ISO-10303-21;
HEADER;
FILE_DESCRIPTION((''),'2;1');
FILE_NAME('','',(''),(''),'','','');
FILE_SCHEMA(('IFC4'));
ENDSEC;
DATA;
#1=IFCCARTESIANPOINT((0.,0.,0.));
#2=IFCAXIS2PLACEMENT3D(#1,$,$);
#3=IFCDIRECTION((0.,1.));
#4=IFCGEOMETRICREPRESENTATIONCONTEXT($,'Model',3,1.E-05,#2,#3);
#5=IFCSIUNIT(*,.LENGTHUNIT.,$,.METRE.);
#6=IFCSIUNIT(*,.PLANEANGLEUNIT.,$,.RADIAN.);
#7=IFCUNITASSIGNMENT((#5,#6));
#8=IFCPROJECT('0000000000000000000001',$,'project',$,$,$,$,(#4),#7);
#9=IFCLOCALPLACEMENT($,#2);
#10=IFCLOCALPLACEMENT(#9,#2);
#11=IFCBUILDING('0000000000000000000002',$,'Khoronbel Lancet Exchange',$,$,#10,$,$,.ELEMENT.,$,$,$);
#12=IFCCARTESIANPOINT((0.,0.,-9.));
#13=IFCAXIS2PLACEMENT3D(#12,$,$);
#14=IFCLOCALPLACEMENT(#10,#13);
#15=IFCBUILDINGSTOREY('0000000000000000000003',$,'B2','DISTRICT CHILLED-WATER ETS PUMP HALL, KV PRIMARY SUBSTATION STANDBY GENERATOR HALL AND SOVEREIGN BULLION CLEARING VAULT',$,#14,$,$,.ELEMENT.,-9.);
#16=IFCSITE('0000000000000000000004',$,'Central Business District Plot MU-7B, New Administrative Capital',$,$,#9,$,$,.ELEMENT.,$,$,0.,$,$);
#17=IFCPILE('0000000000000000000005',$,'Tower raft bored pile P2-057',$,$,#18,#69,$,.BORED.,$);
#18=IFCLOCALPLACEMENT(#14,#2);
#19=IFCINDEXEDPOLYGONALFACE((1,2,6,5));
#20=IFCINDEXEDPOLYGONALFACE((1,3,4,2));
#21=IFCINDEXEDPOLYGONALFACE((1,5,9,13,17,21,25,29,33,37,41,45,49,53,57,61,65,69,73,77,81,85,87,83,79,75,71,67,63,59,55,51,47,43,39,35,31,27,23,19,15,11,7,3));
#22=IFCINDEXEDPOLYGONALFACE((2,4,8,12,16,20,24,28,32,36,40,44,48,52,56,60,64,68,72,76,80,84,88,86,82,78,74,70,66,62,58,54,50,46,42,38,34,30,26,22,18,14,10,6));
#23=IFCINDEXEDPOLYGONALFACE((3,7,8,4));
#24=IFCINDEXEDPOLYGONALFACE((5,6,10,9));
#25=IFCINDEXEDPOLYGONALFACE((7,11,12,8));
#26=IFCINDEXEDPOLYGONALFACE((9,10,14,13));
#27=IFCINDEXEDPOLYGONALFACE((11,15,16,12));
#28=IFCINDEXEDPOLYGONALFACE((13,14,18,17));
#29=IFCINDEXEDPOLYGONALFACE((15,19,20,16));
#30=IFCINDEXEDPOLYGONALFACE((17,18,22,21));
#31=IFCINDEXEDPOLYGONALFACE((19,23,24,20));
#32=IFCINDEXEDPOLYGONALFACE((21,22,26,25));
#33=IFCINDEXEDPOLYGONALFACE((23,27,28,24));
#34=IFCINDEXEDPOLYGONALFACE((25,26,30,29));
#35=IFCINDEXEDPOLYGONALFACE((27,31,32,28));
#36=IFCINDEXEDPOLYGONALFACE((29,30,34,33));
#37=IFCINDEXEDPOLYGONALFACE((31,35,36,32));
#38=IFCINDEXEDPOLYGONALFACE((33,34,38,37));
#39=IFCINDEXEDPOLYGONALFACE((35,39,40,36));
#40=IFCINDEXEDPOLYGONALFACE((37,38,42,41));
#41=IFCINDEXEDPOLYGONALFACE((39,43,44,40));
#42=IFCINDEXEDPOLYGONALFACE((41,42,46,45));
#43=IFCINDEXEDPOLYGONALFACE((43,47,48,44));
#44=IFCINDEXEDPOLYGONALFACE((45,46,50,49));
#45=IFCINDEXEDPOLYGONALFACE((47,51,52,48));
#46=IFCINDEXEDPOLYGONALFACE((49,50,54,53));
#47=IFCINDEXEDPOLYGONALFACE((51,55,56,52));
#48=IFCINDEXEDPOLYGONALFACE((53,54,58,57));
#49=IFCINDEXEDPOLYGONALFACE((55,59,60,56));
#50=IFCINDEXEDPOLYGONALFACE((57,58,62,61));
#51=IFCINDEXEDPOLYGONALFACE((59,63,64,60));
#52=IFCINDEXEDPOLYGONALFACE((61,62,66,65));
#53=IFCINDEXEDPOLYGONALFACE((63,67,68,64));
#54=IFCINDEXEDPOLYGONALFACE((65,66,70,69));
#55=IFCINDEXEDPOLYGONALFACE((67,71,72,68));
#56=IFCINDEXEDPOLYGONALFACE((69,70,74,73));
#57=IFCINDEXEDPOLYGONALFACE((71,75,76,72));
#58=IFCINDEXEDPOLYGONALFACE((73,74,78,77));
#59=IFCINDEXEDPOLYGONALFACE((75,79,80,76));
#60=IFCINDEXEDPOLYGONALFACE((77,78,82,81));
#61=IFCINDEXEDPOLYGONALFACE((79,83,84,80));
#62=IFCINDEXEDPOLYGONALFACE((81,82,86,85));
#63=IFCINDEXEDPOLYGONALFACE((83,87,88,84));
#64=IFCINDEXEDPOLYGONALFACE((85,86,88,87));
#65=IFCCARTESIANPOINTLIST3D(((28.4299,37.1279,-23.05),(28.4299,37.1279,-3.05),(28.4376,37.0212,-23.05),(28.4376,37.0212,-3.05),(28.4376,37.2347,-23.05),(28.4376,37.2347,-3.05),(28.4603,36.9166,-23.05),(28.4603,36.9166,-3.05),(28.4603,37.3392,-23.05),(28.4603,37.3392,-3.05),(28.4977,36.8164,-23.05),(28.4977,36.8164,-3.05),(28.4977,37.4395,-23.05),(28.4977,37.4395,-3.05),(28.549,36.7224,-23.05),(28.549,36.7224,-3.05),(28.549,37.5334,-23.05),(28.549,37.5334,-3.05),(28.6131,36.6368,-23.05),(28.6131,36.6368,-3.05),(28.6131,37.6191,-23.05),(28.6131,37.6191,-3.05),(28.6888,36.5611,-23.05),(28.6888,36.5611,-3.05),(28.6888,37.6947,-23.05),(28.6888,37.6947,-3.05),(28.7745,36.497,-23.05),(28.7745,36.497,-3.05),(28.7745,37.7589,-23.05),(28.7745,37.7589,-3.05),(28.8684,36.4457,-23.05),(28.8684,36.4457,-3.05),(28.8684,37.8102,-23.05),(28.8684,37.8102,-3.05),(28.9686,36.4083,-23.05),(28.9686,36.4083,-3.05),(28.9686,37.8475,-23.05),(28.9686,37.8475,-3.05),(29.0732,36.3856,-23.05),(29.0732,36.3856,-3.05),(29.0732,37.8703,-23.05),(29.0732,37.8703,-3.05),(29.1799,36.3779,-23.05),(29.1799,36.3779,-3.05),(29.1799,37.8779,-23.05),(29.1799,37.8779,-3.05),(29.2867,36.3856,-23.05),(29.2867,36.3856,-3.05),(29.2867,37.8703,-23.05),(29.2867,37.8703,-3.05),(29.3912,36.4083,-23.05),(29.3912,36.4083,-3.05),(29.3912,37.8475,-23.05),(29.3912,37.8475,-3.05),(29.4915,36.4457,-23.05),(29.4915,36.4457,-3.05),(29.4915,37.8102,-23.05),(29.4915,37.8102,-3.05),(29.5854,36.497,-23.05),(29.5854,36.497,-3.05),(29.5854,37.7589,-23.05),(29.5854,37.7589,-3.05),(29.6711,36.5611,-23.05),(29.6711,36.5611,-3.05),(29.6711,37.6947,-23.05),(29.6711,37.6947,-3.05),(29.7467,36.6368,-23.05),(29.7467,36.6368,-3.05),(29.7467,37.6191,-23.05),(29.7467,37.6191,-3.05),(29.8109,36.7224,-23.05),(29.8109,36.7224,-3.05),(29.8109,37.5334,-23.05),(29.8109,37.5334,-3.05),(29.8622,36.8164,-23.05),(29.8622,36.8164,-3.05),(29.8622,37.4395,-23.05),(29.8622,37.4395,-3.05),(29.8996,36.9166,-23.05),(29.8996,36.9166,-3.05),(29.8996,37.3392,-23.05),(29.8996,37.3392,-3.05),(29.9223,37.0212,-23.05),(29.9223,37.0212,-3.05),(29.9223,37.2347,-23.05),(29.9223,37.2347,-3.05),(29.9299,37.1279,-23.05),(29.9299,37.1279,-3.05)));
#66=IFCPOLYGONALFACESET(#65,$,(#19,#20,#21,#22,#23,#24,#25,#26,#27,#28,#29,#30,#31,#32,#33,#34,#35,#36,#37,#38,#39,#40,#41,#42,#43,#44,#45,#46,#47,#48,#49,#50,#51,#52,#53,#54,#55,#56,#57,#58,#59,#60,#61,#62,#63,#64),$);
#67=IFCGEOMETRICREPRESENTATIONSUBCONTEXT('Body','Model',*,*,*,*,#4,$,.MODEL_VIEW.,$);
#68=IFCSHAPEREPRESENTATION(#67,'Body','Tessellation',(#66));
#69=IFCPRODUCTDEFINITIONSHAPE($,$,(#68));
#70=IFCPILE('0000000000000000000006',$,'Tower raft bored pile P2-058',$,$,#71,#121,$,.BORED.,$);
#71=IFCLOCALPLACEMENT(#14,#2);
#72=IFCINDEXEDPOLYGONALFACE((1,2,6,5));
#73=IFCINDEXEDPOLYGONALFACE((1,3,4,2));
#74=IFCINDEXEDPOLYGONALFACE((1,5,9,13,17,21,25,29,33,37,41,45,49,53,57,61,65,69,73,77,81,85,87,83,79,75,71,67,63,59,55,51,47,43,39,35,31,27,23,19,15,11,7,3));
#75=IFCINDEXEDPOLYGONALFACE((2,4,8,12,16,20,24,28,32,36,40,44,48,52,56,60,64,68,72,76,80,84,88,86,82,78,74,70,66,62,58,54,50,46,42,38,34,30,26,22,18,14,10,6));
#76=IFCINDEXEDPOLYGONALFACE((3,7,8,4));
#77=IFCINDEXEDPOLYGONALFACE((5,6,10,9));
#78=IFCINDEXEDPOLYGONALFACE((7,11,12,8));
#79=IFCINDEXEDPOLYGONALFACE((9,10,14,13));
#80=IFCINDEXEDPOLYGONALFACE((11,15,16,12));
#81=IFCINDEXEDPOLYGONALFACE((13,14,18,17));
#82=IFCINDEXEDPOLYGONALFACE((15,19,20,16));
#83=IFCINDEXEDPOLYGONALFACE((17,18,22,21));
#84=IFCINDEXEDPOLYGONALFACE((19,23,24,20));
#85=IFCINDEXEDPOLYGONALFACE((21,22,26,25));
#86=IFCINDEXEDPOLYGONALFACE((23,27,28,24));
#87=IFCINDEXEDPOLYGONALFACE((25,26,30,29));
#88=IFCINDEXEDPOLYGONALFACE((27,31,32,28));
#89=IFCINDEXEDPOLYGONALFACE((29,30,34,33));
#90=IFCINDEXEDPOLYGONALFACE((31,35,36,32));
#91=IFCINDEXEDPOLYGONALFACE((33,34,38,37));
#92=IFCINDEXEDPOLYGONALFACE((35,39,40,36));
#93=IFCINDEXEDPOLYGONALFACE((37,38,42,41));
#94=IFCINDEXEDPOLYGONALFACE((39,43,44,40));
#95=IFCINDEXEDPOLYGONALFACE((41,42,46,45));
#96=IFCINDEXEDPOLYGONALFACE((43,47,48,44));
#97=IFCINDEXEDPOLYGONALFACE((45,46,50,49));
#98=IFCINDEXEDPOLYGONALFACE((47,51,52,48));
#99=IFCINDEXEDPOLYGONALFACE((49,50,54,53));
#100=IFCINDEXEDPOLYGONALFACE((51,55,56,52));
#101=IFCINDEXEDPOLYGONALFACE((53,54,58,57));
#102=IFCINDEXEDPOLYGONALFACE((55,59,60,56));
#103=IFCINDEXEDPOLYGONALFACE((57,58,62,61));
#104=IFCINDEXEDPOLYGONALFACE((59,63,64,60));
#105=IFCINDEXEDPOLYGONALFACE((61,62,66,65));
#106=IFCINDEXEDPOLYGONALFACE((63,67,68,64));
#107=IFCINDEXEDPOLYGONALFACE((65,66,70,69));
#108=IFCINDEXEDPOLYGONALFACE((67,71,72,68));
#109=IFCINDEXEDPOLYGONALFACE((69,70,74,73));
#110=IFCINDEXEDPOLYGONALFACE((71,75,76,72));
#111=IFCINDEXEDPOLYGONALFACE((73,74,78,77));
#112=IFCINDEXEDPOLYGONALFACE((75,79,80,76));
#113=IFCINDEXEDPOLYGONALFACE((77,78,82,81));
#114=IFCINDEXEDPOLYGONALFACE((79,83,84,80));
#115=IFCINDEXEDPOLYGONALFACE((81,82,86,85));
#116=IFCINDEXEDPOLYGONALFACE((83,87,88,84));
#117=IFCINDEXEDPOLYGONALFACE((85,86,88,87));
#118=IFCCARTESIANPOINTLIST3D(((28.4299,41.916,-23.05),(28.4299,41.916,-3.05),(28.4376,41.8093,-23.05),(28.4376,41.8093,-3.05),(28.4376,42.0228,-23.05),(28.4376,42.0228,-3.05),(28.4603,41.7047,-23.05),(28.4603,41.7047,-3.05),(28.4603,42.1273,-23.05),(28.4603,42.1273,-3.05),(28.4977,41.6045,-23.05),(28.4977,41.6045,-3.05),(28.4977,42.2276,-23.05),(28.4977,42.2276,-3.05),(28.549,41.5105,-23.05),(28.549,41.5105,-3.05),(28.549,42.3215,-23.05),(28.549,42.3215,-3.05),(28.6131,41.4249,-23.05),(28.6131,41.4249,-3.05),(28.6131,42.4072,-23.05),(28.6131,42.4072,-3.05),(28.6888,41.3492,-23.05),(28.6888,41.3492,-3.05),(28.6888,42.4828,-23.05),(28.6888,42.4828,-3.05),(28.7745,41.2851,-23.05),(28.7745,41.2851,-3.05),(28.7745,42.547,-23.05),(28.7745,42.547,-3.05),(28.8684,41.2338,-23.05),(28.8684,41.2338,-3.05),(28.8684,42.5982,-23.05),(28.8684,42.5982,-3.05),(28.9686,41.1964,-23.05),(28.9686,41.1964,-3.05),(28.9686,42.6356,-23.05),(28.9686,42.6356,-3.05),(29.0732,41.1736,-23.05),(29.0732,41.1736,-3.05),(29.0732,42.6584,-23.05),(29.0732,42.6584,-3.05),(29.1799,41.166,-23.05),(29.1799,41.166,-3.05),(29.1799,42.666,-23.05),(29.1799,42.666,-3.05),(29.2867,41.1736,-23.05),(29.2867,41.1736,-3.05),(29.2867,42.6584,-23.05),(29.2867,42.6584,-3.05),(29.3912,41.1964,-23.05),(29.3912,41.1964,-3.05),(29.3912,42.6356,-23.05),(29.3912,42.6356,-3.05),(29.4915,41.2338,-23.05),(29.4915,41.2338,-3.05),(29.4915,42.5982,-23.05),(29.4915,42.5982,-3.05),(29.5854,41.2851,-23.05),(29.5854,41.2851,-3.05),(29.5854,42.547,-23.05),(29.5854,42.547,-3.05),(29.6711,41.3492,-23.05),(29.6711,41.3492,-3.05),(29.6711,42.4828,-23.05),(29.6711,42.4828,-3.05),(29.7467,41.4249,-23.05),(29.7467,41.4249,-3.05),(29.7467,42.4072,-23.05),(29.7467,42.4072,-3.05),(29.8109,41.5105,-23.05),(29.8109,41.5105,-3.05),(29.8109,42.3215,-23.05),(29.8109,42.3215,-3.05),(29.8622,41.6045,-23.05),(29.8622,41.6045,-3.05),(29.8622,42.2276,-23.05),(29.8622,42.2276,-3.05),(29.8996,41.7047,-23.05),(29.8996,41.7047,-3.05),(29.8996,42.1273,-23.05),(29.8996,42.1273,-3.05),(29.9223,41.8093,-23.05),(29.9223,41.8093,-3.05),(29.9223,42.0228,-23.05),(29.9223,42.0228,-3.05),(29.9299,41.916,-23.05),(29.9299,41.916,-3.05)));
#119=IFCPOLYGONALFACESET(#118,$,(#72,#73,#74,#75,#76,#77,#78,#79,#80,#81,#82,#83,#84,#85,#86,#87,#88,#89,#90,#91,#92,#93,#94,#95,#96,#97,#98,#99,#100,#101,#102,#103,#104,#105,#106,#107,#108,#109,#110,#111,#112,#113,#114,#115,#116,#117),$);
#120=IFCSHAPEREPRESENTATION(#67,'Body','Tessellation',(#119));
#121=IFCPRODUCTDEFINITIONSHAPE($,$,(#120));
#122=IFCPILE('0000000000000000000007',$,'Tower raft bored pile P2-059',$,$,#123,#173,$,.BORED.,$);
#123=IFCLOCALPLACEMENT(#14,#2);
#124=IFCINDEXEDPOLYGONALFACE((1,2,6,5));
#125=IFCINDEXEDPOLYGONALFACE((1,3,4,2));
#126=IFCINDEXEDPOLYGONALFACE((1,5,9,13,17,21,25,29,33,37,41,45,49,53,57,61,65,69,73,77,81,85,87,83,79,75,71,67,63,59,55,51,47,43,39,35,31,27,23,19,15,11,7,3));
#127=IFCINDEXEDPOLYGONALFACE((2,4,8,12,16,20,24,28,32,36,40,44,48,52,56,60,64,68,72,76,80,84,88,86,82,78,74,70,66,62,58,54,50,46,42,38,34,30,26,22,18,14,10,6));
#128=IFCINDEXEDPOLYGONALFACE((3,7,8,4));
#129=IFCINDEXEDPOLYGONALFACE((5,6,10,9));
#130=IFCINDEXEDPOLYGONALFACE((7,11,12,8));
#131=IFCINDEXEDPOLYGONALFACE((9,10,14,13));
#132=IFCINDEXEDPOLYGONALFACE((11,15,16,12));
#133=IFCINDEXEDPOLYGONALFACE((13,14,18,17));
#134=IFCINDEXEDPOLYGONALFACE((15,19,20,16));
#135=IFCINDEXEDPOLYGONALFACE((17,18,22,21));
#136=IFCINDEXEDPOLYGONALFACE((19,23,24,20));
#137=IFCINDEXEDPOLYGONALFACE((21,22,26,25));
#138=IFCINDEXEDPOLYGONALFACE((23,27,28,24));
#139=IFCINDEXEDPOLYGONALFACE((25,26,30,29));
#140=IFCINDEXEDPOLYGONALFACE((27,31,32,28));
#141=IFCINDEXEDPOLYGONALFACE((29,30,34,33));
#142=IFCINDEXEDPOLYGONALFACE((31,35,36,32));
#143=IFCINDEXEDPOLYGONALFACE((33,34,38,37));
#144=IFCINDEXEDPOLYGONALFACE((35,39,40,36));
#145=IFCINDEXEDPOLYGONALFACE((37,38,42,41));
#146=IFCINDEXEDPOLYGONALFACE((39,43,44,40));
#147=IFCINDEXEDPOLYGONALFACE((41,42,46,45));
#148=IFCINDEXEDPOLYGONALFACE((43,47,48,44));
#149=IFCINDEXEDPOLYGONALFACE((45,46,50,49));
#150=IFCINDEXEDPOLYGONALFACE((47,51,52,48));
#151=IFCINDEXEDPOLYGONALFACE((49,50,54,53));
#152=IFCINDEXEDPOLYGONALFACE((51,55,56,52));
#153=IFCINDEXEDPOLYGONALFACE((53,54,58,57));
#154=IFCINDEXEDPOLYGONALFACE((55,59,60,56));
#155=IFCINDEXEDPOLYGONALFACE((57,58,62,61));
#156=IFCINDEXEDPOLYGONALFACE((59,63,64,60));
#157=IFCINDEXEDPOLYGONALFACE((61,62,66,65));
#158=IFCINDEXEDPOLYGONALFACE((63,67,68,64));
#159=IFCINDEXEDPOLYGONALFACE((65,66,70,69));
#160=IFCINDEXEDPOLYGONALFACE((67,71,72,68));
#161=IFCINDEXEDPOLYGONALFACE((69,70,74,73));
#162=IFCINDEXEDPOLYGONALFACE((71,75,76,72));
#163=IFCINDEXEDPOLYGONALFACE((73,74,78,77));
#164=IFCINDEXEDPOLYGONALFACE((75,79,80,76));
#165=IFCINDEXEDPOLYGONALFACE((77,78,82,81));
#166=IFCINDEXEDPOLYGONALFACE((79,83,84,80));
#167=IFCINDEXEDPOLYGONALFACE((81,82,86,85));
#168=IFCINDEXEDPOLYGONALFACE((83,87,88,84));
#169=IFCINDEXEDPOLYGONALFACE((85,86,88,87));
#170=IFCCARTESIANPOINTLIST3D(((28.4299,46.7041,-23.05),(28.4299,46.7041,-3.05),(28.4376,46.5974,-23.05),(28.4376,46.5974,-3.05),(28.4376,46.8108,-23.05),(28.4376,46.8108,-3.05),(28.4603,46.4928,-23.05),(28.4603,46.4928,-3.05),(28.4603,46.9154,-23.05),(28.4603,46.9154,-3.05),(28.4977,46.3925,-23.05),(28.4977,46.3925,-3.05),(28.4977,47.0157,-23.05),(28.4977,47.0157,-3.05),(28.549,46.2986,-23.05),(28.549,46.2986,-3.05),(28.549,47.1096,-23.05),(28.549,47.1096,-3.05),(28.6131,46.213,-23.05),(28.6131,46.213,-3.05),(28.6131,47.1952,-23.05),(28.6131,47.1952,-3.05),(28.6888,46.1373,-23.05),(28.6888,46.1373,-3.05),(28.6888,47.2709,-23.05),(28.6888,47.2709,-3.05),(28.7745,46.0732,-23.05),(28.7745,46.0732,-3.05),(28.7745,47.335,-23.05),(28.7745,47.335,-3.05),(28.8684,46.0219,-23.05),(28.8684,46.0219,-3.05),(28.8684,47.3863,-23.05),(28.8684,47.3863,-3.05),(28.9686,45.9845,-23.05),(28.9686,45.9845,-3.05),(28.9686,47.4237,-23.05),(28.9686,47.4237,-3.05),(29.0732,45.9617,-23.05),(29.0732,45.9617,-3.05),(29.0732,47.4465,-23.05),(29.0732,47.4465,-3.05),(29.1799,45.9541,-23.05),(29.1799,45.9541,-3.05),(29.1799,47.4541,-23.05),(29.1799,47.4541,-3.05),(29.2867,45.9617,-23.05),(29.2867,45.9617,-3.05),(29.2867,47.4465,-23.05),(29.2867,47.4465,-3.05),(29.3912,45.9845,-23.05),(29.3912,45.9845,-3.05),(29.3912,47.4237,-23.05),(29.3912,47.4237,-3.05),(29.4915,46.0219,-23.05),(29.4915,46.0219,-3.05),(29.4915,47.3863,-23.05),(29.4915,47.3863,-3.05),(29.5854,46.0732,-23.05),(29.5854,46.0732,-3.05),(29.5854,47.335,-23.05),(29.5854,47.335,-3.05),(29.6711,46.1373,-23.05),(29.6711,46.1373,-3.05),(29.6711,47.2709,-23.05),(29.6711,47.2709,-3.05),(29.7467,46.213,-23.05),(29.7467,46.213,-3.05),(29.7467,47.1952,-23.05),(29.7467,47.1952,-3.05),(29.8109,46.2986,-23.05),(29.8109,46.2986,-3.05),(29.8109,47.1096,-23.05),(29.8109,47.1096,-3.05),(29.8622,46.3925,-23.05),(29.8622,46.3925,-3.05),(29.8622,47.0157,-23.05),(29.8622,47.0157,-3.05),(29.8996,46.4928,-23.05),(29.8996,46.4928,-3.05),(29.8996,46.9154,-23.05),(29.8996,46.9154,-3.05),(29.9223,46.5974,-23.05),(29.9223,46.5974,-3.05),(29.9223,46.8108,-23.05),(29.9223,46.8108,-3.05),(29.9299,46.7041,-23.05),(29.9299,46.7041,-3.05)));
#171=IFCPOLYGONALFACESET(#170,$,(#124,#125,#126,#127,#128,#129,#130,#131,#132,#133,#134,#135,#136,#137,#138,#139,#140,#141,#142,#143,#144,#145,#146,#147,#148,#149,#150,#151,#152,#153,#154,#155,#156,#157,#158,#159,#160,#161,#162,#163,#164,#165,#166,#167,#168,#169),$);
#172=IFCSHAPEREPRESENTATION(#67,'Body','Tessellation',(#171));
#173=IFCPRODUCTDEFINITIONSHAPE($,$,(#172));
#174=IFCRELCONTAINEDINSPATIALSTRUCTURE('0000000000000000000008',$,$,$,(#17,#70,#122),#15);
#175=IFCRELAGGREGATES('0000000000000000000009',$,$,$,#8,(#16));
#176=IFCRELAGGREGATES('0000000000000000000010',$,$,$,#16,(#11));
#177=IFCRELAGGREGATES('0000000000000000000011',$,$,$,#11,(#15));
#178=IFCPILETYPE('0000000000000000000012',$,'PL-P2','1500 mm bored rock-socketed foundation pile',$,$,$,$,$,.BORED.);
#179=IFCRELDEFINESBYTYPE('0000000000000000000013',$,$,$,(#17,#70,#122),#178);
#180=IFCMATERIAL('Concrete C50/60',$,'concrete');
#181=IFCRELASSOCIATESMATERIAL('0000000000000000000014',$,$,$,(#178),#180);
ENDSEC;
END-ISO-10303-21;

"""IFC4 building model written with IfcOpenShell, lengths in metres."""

from ifc_helpers import new_model, si_unit, direction, frame, origin, origin_2d, place, context, subcontext, project, spatial, circle, extrude, material, material_profile, profile_set, type_object, element, save


model = new_model("IFC4")

# Units and contexts
model_context = context("Model", 3, precision=1e-05, world=origin(), true_north=direction((0.0, 1.0)))
body_context = subcontext(model_context, "Body", "Model", "MODEL_VIEW")
ifc_project = project(units=[si_unit("LENGTHUNIT", "METRE"), si_unit("PLANEANGLEUNIT", "RADIAN")], contexts=[model_context])

# Site, building, storey
site_placement = place(None, origin())
site = spatial("IfcSite", under=ifc_project, at=site_placement, Name="Central Business District Plot MU-7B, New Administrative Capital", CompositionType="ELEMENT", RefElevation=0.0)
building_placement = place(site_placement, origin())
building = spatial("IfcBuilding", under=site, at=building_placement, Name="Khoronbel Lancet Exchange", CompositionType="ELEMENT")
storey_placement = place(building_placement, frame((0.0, 0.0, -9.0)))
storey = spatial("IfcBuildingStorey", under=building, at=storey_placement, Name="B2", Description="DISTRICT CHILLED-WATER ETS PUMP HALL, KV PRIMARY SUBSTATION STANDBY GENERATOR HALL AND SOVEREIGN BULLION CLEARING VAULT", CompositionType="ELEMENT", Elevation=-9.0)

# Piles
ifc_material_1 = material(Name="Concrete C50/60", Category="concrete")
ifc_material_profile_1 = material_profile(ifc_material_1, circle(Radius=0.75, at=origin_2d()), Name="BORED PILE D1500")
ifc_profile_set_1 = profile_set([ifc_material_profile_1], Name="Concrete C50/60")
pile_type = type_object("IfcPileType", Name="PL-P2", Description="1500 mm bored rock-socketed foundation pile", PredefinedType="BORED", material=ifc_profile_set_1)
for number, where, z_axis, x_axis, name in (
    (1, (29.1799, 37.1279, -3.05), (0.0, 0.0, -1.0), (1.0, 0.0, 0.0), "Tower raft bored pile P2-057"),
    (2, (29.1799, 41.916, -3.05), (0.0, 0.0, -1.0), (1.0, 0.0, 0.0), "Tower raft bored pile P2-058"),
    (3, (29.1799, 46.7041, -3.05), (0.0, 0.0, -1.0), (1.0, 0.0, 0.0), "Tower raft bored pile P2-059"),
):
    element("IfcPile", number, at=place(storey_placement, frame(where, z_axis=z_axis, x_axis=x_axis)), inside=storey, type_object=pile_type, Name=name, PredefinedType="BORED", context=body_context, shape_type="SweptSolid", body=[
        extrude(circle(Radius=0.75, at=origin_2d()), origin(), (0.0, 0.0, 1.0), 20.0),
    ])

save(model, "model.ifc")
